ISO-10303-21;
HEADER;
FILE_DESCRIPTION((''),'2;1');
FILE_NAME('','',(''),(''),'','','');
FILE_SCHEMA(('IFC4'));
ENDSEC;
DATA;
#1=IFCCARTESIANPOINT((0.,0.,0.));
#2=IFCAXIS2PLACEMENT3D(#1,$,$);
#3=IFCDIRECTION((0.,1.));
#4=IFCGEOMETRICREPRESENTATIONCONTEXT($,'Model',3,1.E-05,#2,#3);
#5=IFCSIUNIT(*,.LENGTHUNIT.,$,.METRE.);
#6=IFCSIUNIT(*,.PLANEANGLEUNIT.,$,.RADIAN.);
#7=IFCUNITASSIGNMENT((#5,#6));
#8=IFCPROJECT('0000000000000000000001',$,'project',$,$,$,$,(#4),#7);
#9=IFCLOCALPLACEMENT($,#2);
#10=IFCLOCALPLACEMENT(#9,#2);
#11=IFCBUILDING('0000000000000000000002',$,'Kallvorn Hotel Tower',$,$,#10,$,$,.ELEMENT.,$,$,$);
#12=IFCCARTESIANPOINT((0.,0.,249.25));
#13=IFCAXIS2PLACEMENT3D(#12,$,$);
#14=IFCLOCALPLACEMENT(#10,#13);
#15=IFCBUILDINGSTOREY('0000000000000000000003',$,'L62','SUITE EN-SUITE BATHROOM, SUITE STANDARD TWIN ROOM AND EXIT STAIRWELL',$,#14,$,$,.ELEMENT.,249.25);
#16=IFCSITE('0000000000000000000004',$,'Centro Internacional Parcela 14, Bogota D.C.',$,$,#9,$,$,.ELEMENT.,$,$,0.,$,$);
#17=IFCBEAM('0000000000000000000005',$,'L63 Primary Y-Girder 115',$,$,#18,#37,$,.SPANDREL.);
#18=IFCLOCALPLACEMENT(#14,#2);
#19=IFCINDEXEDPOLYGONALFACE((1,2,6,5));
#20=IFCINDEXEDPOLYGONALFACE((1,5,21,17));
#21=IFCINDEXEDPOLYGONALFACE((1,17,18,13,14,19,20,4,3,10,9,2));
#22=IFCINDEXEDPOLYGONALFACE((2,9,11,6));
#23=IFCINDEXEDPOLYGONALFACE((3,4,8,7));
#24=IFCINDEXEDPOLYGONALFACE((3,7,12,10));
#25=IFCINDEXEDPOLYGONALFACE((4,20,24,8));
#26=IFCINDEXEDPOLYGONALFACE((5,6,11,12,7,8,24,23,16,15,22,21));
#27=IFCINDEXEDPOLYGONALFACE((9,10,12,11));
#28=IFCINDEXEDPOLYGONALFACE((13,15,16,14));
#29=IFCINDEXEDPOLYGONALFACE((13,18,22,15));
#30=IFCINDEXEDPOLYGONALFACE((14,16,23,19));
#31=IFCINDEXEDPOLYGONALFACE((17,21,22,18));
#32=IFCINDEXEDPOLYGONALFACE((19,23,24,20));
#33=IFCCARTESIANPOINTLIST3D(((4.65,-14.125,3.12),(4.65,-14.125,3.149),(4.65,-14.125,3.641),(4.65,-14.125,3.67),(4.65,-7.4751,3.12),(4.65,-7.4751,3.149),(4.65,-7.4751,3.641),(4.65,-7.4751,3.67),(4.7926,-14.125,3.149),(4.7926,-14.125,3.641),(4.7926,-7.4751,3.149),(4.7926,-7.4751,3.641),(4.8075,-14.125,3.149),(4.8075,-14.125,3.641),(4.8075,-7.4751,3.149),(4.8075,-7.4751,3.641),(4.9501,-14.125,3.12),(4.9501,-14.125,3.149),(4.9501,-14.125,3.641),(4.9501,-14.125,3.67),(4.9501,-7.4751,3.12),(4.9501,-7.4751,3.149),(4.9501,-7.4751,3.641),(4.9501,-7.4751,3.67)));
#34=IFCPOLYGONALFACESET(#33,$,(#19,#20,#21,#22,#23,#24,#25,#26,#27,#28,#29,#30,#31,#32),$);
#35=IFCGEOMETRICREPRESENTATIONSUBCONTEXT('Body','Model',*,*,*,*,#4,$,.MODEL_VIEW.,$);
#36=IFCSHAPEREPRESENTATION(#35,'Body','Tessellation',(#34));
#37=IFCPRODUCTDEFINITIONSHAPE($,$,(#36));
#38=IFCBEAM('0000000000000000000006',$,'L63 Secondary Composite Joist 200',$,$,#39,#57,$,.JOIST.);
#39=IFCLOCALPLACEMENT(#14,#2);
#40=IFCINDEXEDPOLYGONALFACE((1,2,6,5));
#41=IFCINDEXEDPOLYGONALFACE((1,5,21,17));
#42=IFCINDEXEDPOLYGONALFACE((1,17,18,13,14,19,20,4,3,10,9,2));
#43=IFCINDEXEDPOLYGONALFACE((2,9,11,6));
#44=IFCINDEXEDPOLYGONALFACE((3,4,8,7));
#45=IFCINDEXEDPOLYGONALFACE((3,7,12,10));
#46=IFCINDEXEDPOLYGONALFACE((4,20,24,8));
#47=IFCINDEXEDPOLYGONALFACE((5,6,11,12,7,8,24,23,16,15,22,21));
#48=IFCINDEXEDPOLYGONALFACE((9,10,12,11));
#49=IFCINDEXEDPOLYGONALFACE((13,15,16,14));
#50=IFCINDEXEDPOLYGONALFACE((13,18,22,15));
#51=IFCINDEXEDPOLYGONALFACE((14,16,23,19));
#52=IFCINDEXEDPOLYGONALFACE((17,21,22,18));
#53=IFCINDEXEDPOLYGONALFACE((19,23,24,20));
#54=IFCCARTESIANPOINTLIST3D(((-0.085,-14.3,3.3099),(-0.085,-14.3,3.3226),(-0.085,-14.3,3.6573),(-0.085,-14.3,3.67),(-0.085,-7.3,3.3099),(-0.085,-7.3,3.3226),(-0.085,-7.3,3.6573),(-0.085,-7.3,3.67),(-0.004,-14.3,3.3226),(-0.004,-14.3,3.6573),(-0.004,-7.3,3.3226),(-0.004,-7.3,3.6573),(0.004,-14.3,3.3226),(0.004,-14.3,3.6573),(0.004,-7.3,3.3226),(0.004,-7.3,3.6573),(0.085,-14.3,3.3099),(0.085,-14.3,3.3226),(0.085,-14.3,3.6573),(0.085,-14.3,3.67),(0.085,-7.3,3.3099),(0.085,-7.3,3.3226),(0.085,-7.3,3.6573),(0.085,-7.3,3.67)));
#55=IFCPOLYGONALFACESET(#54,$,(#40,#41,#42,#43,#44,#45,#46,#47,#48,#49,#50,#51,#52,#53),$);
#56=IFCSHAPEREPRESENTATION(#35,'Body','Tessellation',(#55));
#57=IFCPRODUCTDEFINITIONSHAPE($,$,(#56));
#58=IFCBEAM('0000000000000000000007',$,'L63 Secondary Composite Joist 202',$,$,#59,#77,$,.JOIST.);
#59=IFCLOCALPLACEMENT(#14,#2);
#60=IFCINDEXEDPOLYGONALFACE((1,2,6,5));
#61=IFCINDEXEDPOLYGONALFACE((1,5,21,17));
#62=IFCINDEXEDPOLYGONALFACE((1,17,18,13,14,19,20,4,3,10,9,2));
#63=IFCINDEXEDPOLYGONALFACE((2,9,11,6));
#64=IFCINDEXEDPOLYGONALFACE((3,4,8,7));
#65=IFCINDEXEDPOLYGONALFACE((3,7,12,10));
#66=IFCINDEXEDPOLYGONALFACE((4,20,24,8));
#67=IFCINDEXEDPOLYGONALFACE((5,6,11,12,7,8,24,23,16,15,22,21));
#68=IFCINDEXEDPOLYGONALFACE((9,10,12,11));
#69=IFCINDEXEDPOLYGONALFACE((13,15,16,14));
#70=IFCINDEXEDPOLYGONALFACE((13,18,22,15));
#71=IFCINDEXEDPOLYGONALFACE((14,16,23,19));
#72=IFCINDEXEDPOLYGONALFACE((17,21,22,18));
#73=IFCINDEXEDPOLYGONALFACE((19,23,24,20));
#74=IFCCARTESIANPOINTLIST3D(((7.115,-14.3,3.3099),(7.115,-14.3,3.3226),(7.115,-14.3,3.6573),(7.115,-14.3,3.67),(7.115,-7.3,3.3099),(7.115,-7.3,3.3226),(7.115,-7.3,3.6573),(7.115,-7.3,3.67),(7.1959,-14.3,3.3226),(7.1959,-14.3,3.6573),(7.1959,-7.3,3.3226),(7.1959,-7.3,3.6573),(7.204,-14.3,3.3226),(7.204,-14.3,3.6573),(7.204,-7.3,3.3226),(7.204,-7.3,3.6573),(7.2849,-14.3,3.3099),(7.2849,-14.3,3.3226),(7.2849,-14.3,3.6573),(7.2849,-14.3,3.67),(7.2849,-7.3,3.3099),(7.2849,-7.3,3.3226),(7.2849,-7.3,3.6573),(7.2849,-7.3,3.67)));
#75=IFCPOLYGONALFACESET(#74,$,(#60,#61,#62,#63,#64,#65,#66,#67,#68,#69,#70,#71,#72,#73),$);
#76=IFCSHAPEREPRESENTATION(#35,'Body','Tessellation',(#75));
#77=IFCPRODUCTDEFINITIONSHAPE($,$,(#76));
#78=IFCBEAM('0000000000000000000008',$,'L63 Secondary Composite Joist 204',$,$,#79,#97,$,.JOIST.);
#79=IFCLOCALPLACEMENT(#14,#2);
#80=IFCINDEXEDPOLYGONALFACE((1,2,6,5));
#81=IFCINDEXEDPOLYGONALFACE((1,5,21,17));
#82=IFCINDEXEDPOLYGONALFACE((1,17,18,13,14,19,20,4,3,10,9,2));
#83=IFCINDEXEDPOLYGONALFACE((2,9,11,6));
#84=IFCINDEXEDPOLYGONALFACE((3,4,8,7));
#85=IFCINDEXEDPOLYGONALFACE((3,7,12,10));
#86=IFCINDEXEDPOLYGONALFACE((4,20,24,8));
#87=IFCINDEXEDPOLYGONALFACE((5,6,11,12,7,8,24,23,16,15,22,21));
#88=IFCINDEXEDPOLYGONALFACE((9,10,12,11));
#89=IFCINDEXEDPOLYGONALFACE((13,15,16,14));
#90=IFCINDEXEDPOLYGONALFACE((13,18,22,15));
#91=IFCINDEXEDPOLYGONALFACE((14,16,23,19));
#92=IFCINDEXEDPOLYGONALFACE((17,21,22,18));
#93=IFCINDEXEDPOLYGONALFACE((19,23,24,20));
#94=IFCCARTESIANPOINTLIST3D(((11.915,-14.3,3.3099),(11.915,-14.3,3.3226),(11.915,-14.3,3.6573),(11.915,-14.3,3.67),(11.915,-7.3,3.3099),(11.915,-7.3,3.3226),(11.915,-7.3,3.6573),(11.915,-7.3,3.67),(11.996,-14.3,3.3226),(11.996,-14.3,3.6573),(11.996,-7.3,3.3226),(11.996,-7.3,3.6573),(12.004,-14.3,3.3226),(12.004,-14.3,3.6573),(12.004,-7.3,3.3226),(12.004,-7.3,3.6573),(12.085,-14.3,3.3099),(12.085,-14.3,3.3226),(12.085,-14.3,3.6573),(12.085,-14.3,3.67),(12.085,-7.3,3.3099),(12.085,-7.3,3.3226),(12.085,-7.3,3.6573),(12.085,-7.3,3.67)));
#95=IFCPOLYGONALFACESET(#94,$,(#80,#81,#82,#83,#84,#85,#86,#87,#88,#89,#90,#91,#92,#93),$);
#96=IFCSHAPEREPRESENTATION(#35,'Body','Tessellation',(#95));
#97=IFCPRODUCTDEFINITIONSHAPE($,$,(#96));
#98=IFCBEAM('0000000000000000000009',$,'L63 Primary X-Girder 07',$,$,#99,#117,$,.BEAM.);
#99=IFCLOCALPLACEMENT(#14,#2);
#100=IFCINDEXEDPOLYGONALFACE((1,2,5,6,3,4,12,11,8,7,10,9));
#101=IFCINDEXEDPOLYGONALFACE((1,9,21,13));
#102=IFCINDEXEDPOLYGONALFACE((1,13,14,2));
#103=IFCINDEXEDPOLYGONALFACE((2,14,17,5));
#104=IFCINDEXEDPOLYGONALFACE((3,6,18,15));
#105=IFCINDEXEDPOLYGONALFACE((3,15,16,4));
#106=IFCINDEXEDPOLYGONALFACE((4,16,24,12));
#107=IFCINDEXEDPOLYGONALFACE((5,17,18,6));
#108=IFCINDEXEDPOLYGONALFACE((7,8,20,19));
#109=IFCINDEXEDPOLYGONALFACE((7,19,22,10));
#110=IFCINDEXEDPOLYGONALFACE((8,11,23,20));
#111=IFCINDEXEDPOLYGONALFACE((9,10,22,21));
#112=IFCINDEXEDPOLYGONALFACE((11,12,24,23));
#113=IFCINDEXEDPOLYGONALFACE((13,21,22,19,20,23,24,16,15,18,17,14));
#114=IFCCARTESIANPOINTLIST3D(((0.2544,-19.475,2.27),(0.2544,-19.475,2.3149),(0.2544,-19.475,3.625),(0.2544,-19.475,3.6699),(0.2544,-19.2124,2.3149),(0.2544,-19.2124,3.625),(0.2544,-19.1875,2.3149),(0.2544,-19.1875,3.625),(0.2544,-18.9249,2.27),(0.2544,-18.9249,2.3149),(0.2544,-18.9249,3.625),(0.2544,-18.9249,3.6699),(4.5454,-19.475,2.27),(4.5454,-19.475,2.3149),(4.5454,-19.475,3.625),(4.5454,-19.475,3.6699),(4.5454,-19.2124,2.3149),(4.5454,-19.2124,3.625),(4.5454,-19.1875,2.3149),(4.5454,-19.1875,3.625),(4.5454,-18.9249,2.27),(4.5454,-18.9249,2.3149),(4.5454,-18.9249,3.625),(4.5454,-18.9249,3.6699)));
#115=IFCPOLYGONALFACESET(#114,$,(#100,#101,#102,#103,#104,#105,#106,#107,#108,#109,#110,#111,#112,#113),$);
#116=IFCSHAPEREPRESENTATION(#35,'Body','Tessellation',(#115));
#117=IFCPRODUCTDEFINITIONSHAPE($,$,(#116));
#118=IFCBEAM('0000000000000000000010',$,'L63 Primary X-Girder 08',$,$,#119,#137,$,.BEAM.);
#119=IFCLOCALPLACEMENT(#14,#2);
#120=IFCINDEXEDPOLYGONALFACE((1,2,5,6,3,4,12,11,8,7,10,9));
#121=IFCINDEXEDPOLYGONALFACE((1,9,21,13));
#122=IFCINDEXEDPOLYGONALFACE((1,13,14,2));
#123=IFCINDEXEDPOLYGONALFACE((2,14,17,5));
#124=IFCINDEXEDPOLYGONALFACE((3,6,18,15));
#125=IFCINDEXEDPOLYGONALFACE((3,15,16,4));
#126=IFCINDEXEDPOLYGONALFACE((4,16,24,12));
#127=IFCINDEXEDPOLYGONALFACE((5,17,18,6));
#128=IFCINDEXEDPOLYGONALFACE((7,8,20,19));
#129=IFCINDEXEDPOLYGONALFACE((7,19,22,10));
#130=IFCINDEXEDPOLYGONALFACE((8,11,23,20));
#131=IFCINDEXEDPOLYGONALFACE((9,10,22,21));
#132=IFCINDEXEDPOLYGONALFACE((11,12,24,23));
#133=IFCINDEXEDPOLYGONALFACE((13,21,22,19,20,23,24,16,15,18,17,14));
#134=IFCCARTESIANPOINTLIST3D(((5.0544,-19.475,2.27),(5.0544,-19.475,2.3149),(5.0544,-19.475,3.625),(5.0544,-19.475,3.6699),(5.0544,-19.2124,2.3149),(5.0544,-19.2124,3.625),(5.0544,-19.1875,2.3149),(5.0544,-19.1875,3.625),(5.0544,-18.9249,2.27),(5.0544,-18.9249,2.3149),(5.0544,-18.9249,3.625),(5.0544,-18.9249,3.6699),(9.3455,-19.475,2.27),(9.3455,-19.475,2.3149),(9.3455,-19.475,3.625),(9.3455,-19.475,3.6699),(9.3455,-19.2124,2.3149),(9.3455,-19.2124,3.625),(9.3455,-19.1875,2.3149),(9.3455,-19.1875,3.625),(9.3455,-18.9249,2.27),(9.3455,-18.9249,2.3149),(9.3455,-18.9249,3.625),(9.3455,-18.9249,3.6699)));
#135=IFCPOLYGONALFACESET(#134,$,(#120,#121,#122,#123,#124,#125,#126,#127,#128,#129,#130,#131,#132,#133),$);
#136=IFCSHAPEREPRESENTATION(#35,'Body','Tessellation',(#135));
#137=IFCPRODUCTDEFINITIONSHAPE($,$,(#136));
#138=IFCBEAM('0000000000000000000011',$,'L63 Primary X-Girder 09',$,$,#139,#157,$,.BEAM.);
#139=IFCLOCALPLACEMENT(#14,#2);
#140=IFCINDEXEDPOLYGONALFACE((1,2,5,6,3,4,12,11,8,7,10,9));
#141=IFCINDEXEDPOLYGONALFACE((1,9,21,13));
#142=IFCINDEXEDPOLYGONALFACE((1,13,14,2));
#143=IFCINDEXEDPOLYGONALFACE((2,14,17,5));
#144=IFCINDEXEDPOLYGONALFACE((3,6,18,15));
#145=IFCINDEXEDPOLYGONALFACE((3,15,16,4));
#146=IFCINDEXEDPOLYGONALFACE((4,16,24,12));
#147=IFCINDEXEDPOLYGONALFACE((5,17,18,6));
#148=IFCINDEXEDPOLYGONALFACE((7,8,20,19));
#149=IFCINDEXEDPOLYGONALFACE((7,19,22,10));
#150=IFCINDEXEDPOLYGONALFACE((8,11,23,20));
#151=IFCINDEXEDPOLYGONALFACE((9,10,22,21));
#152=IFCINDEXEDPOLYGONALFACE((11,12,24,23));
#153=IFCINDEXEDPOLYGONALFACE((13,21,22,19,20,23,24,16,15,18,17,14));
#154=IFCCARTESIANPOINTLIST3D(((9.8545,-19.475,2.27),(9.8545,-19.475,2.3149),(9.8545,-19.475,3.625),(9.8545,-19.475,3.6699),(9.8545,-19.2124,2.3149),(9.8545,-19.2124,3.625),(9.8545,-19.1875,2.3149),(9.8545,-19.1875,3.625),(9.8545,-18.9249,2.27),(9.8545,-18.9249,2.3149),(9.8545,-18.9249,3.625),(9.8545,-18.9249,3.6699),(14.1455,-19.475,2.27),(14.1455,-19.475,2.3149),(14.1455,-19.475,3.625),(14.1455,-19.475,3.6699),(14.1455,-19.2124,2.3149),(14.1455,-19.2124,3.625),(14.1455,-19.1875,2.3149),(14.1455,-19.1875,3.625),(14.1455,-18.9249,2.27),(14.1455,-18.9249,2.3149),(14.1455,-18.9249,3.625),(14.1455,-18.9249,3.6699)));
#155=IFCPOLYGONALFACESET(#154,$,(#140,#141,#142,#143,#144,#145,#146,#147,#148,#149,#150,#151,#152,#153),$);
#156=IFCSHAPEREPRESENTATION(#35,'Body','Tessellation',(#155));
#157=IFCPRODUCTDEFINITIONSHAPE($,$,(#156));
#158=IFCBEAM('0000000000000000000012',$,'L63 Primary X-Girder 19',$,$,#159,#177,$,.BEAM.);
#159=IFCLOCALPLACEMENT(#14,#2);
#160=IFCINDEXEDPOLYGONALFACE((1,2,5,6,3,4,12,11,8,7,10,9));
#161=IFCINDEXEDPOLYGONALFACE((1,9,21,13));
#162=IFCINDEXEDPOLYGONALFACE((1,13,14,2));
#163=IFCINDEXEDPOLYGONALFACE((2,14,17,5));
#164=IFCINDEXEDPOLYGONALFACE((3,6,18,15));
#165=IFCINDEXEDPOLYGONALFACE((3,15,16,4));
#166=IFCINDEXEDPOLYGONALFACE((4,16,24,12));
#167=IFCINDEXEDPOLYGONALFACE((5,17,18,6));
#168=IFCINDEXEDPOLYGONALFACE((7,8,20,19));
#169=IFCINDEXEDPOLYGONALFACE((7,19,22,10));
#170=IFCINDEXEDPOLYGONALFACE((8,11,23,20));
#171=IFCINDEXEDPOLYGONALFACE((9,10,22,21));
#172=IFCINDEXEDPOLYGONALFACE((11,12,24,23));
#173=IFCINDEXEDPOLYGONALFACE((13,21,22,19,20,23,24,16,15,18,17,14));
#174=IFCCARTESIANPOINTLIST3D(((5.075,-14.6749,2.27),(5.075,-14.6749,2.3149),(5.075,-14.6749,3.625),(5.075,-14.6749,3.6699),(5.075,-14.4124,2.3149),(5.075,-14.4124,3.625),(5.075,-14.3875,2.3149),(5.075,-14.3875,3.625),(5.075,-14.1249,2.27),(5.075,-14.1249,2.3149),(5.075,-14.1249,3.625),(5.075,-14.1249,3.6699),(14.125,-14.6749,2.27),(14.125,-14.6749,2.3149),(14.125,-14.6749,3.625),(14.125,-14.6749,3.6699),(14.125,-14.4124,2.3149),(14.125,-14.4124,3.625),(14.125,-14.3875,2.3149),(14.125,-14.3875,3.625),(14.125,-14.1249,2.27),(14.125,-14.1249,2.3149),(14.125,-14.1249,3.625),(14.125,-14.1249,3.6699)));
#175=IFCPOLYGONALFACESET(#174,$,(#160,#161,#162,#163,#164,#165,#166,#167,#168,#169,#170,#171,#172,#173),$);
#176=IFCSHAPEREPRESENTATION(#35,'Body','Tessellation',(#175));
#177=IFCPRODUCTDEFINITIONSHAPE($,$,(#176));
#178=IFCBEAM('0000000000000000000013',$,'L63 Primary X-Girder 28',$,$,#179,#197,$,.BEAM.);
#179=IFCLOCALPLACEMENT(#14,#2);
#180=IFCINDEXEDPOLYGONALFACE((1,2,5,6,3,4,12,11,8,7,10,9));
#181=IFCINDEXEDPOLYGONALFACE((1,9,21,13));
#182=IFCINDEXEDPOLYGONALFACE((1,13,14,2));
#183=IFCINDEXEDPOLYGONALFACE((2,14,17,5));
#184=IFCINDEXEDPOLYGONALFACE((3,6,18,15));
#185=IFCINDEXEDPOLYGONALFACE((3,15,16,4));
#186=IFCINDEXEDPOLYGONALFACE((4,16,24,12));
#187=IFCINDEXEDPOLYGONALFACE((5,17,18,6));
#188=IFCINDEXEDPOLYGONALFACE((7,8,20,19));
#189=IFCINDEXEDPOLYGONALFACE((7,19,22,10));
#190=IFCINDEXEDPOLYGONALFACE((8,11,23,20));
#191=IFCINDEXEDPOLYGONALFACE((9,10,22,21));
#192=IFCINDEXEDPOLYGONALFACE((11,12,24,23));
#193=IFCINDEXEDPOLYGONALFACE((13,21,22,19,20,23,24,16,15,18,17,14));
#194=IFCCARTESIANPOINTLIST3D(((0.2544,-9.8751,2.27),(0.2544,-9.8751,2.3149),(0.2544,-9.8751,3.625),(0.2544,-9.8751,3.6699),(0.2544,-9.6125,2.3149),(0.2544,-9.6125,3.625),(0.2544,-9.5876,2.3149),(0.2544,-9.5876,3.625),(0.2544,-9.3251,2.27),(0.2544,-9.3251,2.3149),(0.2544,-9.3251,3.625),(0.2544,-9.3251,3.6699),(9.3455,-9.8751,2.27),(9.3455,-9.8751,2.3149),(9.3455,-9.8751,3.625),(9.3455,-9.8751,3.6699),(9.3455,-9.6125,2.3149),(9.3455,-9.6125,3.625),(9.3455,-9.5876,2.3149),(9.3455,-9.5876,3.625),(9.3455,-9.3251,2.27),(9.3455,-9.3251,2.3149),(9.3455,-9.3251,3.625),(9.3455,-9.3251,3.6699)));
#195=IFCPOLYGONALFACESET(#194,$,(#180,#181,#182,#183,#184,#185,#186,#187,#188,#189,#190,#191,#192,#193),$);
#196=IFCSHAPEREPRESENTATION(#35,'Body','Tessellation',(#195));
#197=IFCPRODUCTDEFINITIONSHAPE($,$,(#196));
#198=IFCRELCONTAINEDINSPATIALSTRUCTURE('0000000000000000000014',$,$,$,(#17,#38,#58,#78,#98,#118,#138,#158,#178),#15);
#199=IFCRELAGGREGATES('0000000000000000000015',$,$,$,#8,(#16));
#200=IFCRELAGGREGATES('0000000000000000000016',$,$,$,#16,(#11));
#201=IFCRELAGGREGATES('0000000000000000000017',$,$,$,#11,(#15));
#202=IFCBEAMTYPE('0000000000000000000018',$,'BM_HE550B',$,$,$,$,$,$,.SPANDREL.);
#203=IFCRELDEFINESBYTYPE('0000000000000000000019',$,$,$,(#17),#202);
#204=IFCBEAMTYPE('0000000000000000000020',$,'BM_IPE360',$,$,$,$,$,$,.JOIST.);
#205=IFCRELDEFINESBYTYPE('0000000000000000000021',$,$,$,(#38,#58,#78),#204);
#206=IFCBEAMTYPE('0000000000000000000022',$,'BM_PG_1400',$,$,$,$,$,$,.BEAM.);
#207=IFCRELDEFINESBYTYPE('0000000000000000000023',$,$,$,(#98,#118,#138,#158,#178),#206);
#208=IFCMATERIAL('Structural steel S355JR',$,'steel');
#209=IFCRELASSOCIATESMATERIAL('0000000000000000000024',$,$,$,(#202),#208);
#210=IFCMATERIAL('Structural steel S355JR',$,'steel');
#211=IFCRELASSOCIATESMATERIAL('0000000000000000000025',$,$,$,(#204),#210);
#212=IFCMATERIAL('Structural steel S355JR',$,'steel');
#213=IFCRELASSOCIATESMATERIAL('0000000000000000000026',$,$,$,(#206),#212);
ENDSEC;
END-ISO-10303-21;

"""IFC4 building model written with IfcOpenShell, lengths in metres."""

from ifc_helpers import new_model, si_unit, direction, frame, origin, origin_2d, place, context, subcontext, project, spatial, i_section, extrude, material, material_profile, profile_set, type_object, element, save


model = new_model("IFC4")

# Units and contexts
model_context = context("Model", 3, precision=1e-05, world=origin(), true_north=direction((0.0, 1.0)))
body_context = subcontext(model_context, "Body", "Model", "MODEL_VIEW")
ifc_project = project(units=[si_unit("LENGTHUNIT", "METRE"), si_unit("PLANEANGLEUNIT", "RADIAN")], contexts=[model_context])

# Site, building, storey
site_placement = place(None, origin())
site = spatial("IfcSite", under=ifc_project, at=site_placement, Name="Centro Internacional Parcela 14, Bogota D.C.", CompositionType="ELEMENT", RefElevation=0.0)
building_placement = place(site_placement, origin())
building = spatial("IfcBuilding", under=site, at=building_placement, Name="Kallvorn Hotel Tower", CompositionType="ELEMENT")
storey_placement = place(building_placement, frame((0.0, 0.0, 249.25)))
storey = spatial("IfcBuildingStorey", under=building, at=storey_placement, Name="L62", Description="SUITE EN-SUITE BATHROOM, SUITE STANDARD TWIN ROOM AND EXIT STAIRWELL", CompositionType="ELEMENT", Elevation=249.25)

# Beams
ifc_material_1 = material(Name="Structural steel S355JR", Category="steel")
ifc_material_profile_1 = material_profile(ifc_material_1, i_section(OverallWidth=0.3, OverallDepth=0.55, WebThickness=0.0149, FlangeThickness=0.0291, at=origin_2d()), Name="HE 550 B")
ifc_profile_set_1 = profile_set([ifc_material_profile_1], Name="Structural steel S355JR")
beam_type_1 = type_object("IfcBeamType", Name="BM_HE550B", PredefinedType="SPANDREL", material=ifc_profile_set_1)
beam_1_placement = place(storey_placement, frame((4.8, -14.125, 3.395), z_axis=(0.0, 1.0, 0.0), x_axis=(-1.0, 0.0, 0.0)))
element("IfcBeam", 1, at=beam_1_placement, inside=storey, type_object=beam_type_1, Name="L63 Primary Y-Girder 115", PredefinedType="SPANDREL", context=body_context, shape_type="SweptSolid", body=[
    extrude(i_section(OverallWidth=0.3, OverallDepth=0.55, WebThickness=0.0149, FlangeThickness=0.0291, at=origin_2d()), origin(), (0.0, 0.0, 1.0), 6.6499),
])
ifc_material_2 = material(Name="Structural steel S355JR", Category="steel")
ifc_material_profile_2 = material_profile(ifc_material_2, i_section(OverallWidth=0.1699, OverallDepth=0.3601, WebThickness=0.0081, FlangeThickness=0.0127, at=origin_2d()), Name="IPE 360")
ifc_profile_set_2 = profile_set([ifc_material_profile_2], Name="Structural steel S355JR")
beam_type_2 = type_object("IfcBeamType", Name="BM_IPE360", PredefinedType="JOIST", material=ifc_profile_set_2)
for number, where, z_axis, x_axis, name in (
    (2, (0.0, -14.3, 3.49), (0.0, 1.0, 0.0), (-1.0, 0.0, 0.0), "L63 Secondary Composite Joist 200"),
    (3, (7.2, -14.3, 3.49), (0.0, 1.0, 0.0), (-1.0, 0.0, 0.0), "L63 Secondary Composite Joist 202"),
    (4, (12.0, -14.3, 3.49), (0.0, 1.0, 0.0), (-1.0, 0.0, 0.0), "L63 Secondary Composite Joist 204"),
):
    element("IfcBeam", number, at=place(storey_placement, frame(where, z_axis=z_axis, x_axis=x_axis)), inside=storey, type_object=beam_type_2, Name=name, PredefinedType="JOIST", context=body_context, shape_type="SweptSolid", body=[
        extrude(i_section(OverallWidth=0.1699, OverallDepth=0.3601, WebThickness=0.0081, FlangeThickness=0.0127, at=origin_2d()), origin(), (0.0, 0.0, 1.0), 7.0),
    ])
ifc_material_3 = material(Name="Structural steel S355JR", Category="steel")
ifc_material_profile_3 = material_profile(ifc_material_3, i_section(OverallWidth=0.55, OverallDepth=1.3999, WebThickness=0.0249, FlangeThickness=0.0449, at=origin_2d()), Name="PG 1400x550x25x45")
ifc_profile_set_3 = profile_set([ifc_material_profile_3], Name="Structural steel S355JR")
beam_type_3 = type_object("IfcBeamType", Name="BM_PG_1400", PredefinedType="BEAM", material=ifc_profile_set_3)
for number, where, z_axis, x_axis, name in (
    (5, (0.2544, -19.2, 2.97), (1.0, 0.0, 0.0), (0.0, 1.0, 0.0), "L63 Primary X-Girder 07"),
    (6, (5.0544, -19.2, 2.97), (1.0, 0.0, 0.0), (0.0, 1.0, 0.0), "L63 Primary X-Girder 08"),
    (7, (9.8545, -19.2, 2.97), (1.0, 0.0, 0.0), (0.0, 1.0, 0.0), "L63 Primary X-Girder 09"),
):
    element("IfcBeam", number, at=place(storey_placement, frame(where, z_axis=z_axis, x_axis=x_axis)), inside=storey, type_object=beam_type_3, Name=name, PredefinedType="BEAM", context=body_context, shape_type="SweptSolid", body=[
        extrude(i_section(OverallWidth=0.55, OverallDepth=1.3999, WebThickness=0.0249, FlangeThickness=0.0449, at=origin_2d()), origin(), (0.0, 0.0, 1.0), 4.291),
    ])
beam_2_placement = place(storey_placement, frame((5.075, -14.3999, 2.97), z_axis=(1.0, 0.0, 0.0), x_axis=(0.0, 1.0, 0.0)))
element("IfcBeam", 8, at=beam_2_placement, inside=storey, type_object=beam_type_3, Name="L63 Primary X-Girder 19", PredefinedType="BEAM", context=body_context, shape_type="SweptSolid", body=[
    extrude(i_section(OverallWidth=0.55, OverallDepth=1.3999, WebThickness=0.0249, FlangeThickness=0.0449, at=origin_2d()), origin(), (0.0, 0.0, 1.0), 9.05),
])
for number, where, z_axis, x_axis, name in (
    (9, (0.2544, -9.6001, 2.97), (1.0, 0.0, 0.0), (0.0, 1.0, 0.0), "L63 Primary X-Girder 28"),
):
    element("IfcBeam", number, at=place(storey_placement, frame(where, z_axis=z_axis, x_axis=x_axis)), inside=storey, type_object=beam_type_3, Name=name, PredefinedType="BEAM", context=body_context, shape_type="SweptSolid", body=[
        extrude(i_section(OverallWidth=0.55, OverallDepth=1.3999, WebThickness=0.0249, FlangeThickness=0.0449, at=origin_2d()), origin(), (0.0, 0.0, 1.0), 9.0911),
    ])

save(model, "model.ifc")
